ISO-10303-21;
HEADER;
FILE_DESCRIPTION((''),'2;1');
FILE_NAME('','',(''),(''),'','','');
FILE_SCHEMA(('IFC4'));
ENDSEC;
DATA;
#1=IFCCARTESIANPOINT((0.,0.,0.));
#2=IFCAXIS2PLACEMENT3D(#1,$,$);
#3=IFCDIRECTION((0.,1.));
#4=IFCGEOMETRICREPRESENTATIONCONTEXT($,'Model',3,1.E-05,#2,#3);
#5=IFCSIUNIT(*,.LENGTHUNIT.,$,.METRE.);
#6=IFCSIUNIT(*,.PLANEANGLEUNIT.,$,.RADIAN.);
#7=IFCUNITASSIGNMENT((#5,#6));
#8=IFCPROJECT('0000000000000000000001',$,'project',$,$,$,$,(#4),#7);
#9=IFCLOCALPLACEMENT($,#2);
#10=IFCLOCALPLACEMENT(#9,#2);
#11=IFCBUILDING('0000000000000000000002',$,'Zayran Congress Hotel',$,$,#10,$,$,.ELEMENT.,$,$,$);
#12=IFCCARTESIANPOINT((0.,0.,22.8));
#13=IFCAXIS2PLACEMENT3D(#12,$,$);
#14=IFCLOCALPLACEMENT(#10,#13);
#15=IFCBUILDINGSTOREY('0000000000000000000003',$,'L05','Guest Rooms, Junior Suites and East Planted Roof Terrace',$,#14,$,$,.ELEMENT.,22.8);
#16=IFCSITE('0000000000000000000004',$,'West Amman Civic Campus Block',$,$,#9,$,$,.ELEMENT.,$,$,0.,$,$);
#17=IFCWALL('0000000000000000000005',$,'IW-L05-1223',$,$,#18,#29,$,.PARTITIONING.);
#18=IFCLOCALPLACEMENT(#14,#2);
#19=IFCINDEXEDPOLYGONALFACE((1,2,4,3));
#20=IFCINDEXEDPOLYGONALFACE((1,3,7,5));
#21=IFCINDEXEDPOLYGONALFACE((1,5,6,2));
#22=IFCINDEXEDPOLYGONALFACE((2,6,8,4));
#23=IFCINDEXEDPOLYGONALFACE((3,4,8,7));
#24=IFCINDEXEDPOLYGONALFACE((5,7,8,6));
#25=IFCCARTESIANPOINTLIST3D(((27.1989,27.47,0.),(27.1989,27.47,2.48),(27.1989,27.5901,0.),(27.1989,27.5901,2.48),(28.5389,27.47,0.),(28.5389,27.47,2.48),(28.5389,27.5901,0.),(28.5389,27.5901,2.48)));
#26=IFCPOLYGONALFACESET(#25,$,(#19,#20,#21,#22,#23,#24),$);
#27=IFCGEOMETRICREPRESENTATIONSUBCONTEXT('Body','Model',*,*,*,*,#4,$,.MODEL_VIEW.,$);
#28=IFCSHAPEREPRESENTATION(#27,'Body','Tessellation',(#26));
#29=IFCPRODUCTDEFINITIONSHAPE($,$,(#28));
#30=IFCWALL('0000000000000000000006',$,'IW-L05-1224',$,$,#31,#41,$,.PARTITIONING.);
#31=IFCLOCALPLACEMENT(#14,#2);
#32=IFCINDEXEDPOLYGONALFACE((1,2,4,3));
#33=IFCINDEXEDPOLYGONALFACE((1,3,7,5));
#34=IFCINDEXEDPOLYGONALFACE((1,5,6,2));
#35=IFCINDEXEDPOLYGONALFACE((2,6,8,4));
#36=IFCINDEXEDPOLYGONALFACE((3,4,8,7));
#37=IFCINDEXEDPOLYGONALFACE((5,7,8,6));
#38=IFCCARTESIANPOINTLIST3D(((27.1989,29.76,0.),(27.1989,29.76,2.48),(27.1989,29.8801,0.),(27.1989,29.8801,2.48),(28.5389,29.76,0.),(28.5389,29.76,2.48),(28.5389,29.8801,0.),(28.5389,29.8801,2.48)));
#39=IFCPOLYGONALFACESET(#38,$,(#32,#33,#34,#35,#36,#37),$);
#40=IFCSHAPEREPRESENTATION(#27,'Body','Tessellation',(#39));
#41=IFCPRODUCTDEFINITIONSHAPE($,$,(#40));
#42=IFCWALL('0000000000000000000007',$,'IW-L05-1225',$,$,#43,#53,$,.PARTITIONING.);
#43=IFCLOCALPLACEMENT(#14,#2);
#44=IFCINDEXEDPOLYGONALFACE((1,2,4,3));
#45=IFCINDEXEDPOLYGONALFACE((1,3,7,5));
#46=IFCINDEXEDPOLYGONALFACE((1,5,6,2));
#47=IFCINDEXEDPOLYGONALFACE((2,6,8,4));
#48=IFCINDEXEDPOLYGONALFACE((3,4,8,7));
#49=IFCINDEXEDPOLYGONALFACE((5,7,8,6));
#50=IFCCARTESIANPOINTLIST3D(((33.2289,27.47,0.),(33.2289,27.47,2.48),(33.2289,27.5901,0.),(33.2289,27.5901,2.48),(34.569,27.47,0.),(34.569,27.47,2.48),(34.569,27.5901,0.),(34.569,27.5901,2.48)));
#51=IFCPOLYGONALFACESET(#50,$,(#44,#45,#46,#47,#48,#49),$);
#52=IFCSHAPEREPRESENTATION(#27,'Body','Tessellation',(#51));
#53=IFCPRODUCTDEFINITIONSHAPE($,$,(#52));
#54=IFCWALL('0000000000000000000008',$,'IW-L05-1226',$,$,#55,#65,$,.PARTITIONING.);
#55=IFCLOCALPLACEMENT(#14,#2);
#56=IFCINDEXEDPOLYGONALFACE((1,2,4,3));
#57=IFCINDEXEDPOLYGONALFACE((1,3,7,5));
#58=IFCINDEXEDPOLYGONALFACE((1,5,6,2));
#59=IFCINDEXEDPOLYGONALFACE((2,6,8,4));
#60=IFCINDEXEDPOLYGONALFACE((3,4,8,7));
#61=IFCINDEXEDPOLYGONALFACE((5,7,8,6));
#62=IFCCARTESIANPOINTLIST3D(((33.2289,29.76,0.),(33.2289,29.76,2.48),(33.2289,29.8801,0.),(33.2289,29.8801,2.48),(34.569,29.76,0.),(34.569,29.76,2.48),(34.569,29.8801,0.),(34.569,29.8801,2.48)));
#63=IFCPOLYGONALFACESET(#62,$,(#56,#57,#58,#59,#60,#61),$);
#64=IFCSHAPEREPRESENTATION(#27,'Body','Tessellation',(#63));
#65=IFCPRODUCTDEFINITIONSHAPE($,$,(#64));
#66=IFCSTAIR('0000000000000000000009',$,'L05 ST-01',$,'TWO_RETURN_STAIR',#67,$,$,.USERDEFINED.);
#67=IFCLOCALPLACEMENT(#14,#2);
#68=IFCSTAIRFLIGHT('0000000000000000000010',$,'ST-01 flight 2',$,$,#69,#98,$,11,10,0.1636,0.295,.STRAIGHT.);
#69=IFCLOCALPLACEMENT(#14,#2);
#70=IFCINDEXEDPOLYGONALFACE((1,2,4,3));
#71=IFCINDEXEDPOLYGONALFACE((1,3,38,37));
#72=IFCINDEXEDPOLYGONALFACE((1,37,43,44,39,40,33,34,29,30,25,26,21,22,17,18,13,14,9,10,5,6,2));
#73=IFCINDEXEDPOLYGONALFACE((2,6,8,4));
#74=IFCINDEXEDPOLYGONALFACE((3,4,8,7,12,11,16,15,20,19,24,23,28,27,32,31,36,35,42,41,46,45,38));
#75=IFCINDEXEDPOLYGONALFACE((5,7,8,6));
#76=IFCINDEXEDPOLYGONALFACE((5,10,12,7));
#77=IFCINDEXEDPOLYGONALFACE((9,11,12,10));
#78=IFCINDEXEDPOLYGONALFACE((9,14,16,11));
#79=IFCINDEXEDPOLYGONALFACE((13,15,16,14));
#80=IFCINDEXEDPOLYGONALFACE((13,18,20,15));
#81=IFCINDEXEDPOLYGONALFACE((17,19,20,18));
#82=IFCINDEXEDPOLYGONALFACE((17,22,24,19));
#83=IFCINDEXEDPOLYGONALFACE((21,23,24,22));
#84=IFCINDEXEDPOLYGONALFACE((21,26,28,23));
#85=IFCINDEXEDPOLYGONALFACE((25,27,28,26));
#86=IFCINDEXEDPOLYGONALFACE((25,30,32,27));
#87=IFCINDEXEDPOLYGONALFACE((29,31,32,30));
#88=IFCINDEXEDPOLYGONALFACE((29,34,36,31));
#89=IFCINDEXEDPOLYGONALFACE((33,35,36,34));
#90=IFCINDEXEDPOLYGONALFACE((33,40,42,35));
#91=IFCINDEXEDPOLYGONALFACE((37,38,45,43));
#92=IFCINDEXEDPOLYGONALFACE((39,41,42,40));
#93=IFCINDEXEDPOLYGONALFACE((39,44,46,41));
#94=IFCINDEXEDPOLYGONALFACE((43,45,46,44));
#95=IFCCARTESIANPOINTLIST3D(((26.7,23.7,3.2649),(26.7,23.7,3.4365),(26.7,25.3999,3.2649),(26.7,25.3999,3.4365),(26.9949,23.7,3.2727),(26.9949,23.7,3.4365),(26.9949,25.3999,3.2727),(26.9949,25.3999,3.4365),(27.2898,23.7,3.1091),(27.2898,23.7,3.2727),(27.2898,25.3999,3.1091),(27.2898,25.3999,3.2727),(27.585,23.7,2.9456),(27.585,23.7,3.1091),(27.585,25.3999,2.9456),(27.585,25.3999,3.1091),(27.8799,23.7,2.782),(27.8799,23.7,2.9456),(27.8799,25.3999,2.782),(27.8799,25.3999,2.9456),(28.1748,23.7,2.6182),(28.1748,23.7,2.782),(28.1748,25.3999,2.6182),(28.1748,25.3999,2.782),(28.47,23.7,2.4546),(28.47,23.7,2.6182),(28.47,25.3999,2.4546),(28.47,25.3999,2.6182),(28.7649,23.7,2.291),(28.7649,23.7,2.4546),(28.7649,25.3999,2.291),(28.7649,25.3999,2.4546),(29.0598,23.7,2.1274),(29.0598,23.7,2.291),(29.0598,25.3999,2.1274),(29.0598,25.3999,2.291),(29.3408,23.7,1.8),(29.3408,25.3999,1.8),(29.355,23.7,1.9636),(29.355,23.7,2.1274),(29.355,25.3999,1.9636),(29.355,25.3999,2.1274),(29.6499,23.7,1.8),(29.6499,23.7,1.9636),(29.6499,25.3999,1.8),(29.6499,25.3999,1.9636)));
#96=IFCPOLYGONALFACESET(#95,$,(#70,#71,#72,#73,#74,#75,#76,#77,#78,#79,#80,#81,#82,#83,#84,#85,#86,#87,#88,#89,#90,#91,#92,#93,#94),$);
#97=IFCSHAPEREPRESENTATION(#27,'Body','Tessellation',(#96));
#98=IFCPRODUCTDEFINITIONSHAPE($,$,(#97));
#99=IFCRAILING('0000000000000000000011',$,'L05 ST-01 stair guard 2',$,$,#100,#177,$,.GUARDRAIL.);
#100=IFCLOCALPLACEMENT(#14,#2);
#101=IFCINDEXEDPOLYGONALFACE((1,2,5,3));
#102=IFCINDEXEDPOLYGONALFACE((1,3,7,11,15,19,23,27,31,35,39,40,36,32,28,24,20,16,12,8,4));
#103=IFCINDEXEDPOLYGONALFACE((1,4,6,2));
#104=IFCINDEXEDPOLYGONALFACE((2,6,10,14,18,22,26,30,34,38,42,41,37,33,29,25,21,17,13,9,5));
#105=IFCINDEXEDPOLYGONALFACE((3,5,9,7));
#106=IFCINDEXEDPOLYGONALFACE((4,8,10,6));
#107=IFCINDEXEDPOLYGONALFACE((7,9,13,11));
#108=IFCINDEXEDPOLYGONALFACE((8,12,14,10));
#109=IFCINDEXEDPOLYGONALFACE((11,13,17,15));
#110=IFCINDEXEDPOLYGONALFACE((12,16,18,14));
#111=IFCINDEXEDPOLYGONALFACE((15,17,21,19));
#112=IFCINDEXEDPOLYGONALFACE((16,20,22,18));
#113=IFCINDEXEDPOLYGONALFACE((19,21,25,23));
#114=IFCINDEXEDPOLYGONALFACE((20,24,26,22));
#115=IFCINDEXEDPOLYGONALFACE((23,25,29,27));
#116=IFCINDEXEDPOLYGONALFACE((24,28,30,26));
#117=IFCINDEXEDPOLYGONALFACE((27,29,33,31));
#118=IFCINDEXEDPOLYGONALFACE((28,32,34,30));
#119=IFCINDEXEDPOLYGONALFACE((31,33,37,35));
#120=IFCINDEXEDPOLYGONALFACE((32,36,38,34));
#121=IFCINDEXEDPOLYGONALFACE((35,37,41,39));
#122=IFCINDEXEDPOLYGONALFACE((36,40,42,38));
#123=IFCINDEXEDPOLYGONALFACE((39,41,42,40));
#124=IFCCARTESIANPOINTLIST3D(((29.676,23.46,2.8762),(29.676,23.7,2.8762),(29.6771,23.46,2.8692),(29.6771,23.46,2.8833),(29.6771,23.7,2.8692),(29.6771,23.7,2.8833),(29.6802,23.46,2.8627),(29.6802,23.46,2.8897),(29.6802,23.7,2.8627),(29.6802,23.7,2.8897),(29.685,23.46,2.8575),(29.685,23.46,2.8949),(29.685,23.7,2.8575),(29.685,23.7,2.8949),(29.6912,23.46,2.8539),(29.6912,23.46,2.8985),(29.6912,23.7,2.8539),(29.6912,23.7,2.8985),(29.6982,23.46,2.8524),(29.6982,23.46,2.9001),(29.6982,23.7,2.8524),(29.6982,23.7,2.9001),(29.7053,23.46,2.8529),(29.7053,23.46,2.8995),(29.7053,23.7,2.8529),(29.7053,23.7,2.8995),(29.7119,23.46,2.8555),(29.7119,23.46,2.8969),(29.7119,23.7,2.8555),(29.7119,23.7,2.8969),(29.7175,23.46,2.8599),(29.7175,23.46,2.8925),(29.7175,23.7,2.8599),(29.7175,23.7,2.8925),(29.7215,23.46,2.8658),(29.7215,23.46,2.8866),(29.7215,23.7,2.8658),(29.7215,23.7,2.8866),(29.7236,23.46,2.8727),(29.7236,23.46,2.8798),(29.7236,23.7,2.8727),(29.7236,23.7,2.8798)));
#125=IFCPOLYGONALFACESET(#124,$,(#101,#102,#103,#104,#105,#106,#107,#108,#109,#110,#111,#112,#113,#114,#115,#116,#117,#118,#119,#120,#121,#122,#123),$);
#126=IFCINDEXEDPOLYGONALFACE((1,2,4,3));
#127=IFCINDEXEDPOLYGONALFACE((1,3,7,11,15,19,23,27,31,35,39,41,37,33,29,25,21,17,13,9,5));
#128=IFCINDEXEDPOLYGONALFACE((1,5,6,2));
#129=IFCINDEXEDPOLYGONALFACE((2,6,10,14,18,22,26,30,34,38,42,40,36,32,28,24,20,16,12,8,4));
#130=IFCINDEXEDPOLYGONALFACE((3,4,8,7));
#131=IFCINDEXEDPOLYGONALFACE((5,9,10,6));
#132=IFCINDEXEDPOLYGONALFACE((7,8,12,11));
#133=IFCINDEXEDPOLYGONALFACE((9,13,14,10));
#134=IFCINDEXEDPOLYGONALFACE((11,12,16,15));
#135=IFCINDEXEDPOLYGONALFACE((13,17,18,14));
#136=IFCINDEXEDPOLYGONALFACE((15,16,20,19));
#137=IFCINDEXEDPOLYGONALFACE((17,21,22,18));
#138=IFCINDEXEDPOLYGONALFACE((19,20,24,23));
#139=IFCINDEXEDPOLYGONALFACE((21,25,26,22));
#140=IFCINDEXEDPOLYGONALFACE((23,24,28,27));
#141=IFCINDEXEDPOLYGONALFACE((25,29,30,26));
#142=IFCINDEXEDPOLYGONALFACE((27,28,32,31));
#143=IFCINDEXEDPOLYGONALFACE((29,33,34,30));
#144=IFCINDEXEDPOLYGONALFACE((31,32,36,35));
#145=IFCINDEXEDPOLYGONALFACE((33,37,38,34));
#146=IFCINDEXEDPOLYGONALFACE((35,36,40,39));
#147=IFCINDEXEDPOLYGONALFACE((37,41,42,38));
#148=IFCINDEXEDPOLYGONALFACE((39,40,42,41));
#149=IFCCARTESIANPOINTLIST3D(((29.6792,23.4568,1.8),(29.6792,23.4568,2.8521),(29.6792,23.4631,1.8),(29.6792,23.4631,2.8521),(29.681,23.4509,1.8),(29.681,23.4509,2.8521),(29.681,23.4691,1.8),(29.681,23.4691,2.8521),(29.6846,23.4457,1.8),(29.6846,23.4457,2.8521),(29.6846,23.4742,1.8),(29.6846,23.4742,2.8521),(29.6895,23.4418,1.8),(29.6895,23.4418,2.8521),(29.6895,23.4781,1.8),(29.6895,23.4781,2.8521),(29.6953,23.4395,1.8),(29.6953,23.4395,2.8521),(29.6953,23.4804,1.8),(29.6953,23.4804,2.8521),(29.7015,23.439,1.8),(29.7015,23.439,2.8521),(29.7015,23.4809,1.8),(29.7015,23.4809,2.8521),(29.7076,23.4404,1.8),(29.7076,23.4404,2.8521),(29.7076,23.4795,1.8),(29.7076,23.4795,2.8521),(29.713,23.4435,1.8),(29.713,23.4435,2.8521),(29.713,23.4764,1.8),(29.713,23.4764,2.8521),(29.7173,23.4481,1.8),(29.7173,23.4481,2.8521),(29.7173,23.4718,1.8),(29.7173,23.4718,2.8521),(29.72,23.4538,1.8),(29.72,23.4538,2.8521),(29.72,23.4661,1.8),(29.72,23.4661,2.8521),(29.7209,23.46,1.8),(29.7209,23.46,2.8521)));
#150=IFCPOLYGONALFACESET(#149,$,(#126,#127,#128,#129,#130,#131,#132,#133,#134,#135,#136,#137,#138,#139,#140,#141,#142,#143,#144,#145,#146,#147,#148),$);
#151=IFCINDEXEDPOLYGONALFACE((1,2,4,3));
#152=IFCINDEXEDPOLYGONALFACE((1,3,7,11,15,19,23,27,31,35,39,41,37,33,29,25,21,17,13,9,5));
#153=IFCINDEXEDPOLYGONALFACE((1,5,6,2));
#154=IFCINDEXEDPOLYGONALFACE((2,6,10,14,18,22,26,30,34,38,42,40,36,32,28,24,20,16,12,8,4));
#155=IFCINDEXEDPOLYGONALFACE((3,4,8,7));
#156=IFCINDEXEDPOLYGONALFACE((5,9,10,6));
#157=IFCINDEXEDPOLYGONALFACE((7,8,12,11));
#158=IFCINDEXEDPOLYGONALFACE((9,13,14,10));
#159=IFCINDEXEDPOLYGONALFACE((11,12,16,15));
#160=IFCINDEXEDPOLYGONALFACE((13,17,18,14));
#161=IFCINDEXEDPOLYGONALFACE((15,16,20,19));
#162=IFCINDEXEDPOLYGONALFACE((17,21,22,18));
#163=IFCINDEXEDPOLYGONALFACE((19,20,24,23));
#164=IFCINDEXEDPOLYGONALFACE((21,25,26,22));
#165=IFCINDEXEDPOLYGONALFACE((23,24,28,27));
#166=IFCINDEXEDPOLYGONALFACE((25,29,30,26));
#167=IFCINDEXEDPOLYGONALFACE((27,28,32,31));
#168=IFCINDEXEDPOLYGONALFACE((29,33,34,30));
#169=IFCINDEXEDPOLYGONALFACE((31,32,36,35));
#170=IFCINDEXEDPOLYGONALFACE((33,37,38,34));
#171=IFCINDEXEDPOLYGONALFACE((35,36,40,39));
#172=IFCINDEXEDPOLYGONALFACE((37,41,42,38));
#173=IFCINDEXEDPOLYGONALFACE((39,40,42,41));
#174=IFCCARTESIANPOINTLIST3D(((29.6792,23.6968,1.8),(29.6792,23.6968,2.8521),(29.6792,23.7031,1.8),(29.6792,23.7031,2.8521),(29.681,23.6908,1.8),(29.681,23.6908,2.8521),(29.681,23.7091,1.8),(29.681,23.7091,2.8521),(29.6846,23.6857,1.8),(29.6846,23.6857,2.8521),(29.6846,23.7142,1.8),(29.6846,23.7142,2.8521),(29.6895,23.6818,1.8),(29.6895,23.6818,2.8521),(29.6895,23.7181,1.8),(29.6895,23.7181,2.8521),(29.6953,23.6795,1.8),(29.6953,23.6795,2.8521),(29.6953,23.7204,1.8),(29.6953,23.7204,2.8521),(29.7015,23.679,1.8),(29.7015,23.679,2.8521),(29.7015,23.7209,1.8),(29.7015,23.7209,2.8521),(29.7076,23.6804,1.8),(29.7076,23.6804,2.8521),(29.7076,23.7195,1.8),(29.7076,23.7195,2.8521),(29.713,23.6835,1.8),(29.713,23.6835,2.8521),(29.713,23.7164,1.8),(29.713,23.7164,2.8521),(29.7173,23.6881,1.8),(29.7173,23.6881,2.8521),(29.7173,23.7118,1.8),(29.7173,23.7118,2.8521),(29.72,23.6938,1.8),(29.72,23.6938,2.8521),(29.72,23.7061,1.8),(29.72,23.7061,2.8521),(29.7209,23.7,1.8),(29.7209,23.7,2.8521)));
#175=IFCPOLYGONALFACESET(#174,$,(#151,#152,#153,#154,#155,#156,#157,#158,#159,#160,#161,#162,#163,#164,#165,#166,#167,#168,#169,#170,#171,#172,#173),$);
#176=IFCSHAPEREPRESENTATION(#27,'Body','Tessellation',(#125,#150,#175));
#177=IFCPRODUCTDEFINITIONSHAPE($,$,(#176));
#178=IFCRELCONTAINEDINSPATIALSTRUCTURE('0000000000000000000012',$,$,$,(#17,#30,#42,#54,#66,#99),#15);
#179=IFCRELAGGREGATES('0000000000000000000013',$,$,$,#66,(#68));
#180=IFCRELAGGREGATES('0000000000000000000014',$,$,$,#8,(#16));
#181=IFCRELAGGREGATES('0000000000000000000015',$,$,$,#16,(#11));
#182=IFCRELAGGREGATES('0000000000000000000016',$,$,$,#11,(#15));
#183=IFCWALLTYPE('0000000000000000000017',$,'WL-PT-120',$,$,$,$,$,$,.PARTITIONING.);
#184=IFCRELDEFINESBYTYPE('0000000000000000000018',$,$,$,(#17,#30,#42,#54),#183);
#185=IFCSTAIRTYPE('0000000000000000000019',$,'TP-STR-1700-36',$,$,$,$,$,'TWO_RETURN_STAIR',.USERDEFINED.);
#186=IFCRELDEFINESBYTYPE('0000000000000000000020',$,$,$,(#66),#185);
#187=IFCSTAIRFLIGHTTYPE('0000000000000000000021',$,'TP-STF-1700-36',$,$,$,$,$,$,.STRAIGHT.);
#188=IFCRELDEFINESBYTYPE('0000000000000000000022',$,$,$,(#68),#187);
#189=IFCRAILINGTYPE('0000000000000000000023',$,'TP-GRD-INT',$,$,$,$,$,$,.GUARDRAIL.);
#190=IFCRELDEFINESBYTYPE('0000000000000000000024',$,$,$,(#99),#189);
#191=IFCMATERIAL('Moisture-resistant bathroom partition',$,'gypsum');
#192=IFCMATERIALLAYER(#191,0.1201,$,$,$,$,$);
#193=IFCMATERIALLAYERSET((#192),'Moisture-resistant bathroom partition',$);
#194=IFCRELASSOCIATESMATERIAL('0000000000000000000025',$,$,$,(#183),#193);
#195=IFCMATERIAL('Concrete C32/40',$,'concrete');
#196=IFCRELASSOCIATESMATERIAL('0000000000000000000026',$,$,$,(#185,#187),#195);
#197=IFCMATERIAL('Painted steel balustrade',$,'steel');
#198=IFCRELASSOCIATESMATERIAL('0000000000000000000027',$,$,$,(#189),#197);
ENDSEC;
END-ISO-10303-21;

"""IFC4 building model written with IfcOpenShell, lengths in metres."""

from ifc_helpers import new_model, si_unit, direction, frame, frame_2d, origin, origin_2d, place, context, subcontext, project, spatial, polyline, rectangle, circle, outline, extrude, material, layer, layer_set, type_object, element, aggregate, save


model = new_model("IFC4")

# Units and contexts
model_context = context("Model", 3, precision=1e-05, world=origin(), true_north=direction((0.0, 1.0)))
body_context = subcontext(model_context, "Body", "Model", "MODEL_VIEW")
ifc_project = project(units=[si_unit("LENGTHUNIT", "METRE"), si_unit("PLANEANGLEUNIT", "RADIAN")], contexts=[model_context])

# Site, building, storey
site_placement = place(None, origin())
site = spatial("IfcSite", under=ifc_project, at=site_placement, Name="West Amman Civic Campus Block", CompositionType="ELEMENT", RefElevation=0.0)
building_placement = place(site_placement, origin())
building = spatial("IfcBuilding", under=site, at=building_placement, Name="Zayran Congress Hotel", CompositionType="ELEMENT")
storey_placement = place(building_placement, frame((0.0, 0.0, 22.8)))
storey = spatial("IfcBuildingStorey", under=building, at=storey_placement, Name="L05", Description="Guest Rooms, Junior Suites and East Planted Roof Terrace", CompositionType="ELEMENT", Elevation=22.8)

# Shared definitions
ifc_material_1 = material(Name="Moisture-resistant bathroom partition", Category="gypsum")
ifc_layer_1 = layer(ifc_material_1, 0.1201)
ifc_layer_set_1 = layer_set([ifc_layer_1], Name="Moisture-resistant bathroom partition")
wall_type_1 = type_object("IfcWallType", Name="WL-PT-120", PredefinedType="PARTITIONING", material=ifc_layer_set_1)

# Walls
for number, where, z_axis, x_axis, name in (
    (1, (27.199, 27.53, 0.0), (0.0, 0.0, 1.0), (1.0, 0.0, 0.0), "IW-L05-1223"),
    (2, (27.199, 29.8201, 0.0), (0.0, 0.0, 1.0), (1.0, 0.0, 0.0), "IW-L05-1224"),
    (3, (33.229, 27.53, 0.0), (0.0, 0.0, 1.0), (1.0, 0.0, 0.0), "IW-L05-1225"),
    (4, (33.229, 29.8201, 0.0), (0.0, 0.0, 1.0), (1.0, 0.0, 0.0), "IW-L05-1226"),
):
    element("IfcWall", number, at=place(storey_placement, frame(where, z_axis=z_axis, x_axis=x_axis)), inside=storey, type_object=wall_type_1, Name=name, PredefinedType="PARTITIONING", context=body_context, shape_type="SweptSolid", body=[
        extrude(rectangle(XDim=1.3401, YDim=0.1201, at=frame_2d((0.6699, 0.0))), origin(), (0.0, 0.0, 1.0), 2.48),
    ])

# Stair, stair flight
ifc_material_2 = material(Name="Concrete C32/40", Category="concrete")
stair_type = type_object("IfcStairType", Name="TP-STR-1700-36", ElementType="TWO_RETURN_STAIR", PredefinedType="USERDEFINED", material=ifc_material_2)
stair_placement = place(storey_placement, origin())
stair = element("IfcStair", 5, at=stair_placement, inside=storey, type_object=stair_type, Name="L05 ST-01", ObjectType="TWO_RETURN_STAIR", PredefinedType="USERDEFINED")
stair_flight_type = type_object("IfcStairFlightType", Name="TP-STF-1700-36", PredefinedType="STRAIGHT", material=ifc_material_2)
stair_flight_placement = place(storey_placement, frame((29.6499, 24.55, 1.8), z_axis=(0.0, 0.0, 1.0), x_axis=(-1.0, 0.0, 0.0)))
stair_flight = element("IfcStairFlight", 6, at=stair_flight_placement, type_object=stair_flight_type, Name="ST-01 flight 2", NumberOfRisers=11, NumberOfTreads=10, PredefinedType="STRAIGHT", RiserHeight=0.1636, TreadLength=0.295, context=body_context, shape_type="SweptSolid", body=[
    extrude(outline(polyline([(0.0, 0.0), (0.0, 0.1636), (0.2949, 0.1636), (0.2949, 0.3274), (0.5901, 0.3274), (0.5901, 0.491), (0.885, 0.491), (0.885, 0.6545), (1.1799, 0.6545), (1.1799, 0.8181), (1.4751, 0.8181), (1.4751, 0.9819), (1.77, 0.9819), (1.77, 1.1455), (2.0649, 1.1455), (2.0649, 1.3091), (2.3601, 1.3091), (2.3601, 1.4727), (2.655, 1.4727), (2.655, 1.6365), (2.95, 1.6365), (2.95, 1.8), (2.95, 1.4648), (0.3091, 0.0), (0.0, 0.0)])), frame((0.0, 0.8501, 0.0), z_axis=(0.0, -1.0, 0.0), x_axis=(1.0, 0.0, 0.0)), (0.0, 0.0, 1.0), 1.7),
])
aggregate(stair, [stair_flight])

# Railing
ifc_material_3 = material(Name="Painted steel balustrade", Category="steel")
railing_type_1 = type_object("IfcRailingType", Name="TP-GRD-INT", PredefinedType="GUARDRAIL", material=ifc_material_3)
railing_1_placement = place(storey_placement, frame((29.7, 23.46, 1.8)))
element("IfcRailing", 7, at=railing_1_placement, inside=storey, type_object=railing_type_1, Name="L05 ST-01 stair guard 2", PredefinedType="GUARDRAIL", context=body_context, shape_type="SweptSolid", body=[
    extrude(circle(Radius=0.0239, at=origin_2d()), frame((0.0, 0.0, 1.0762), z_axis=(0.0, 1.0, 0.0), x_axis=(-1.0, 0.0, 0.0)), (0.0, 0.0, 1.0), 0.24),
    extrude(circle(Radius=0.021, at=origin_2d()), origin(), (0.0, 0.0, 1.0), 1.052),
    extrude(circle(Radius=0.021, at=origin_2d()), frame((0.0, 0.24, 0.0)), (0.0, 0.0, 1.0), 1.052),
])

save(model, "model.ifc")
